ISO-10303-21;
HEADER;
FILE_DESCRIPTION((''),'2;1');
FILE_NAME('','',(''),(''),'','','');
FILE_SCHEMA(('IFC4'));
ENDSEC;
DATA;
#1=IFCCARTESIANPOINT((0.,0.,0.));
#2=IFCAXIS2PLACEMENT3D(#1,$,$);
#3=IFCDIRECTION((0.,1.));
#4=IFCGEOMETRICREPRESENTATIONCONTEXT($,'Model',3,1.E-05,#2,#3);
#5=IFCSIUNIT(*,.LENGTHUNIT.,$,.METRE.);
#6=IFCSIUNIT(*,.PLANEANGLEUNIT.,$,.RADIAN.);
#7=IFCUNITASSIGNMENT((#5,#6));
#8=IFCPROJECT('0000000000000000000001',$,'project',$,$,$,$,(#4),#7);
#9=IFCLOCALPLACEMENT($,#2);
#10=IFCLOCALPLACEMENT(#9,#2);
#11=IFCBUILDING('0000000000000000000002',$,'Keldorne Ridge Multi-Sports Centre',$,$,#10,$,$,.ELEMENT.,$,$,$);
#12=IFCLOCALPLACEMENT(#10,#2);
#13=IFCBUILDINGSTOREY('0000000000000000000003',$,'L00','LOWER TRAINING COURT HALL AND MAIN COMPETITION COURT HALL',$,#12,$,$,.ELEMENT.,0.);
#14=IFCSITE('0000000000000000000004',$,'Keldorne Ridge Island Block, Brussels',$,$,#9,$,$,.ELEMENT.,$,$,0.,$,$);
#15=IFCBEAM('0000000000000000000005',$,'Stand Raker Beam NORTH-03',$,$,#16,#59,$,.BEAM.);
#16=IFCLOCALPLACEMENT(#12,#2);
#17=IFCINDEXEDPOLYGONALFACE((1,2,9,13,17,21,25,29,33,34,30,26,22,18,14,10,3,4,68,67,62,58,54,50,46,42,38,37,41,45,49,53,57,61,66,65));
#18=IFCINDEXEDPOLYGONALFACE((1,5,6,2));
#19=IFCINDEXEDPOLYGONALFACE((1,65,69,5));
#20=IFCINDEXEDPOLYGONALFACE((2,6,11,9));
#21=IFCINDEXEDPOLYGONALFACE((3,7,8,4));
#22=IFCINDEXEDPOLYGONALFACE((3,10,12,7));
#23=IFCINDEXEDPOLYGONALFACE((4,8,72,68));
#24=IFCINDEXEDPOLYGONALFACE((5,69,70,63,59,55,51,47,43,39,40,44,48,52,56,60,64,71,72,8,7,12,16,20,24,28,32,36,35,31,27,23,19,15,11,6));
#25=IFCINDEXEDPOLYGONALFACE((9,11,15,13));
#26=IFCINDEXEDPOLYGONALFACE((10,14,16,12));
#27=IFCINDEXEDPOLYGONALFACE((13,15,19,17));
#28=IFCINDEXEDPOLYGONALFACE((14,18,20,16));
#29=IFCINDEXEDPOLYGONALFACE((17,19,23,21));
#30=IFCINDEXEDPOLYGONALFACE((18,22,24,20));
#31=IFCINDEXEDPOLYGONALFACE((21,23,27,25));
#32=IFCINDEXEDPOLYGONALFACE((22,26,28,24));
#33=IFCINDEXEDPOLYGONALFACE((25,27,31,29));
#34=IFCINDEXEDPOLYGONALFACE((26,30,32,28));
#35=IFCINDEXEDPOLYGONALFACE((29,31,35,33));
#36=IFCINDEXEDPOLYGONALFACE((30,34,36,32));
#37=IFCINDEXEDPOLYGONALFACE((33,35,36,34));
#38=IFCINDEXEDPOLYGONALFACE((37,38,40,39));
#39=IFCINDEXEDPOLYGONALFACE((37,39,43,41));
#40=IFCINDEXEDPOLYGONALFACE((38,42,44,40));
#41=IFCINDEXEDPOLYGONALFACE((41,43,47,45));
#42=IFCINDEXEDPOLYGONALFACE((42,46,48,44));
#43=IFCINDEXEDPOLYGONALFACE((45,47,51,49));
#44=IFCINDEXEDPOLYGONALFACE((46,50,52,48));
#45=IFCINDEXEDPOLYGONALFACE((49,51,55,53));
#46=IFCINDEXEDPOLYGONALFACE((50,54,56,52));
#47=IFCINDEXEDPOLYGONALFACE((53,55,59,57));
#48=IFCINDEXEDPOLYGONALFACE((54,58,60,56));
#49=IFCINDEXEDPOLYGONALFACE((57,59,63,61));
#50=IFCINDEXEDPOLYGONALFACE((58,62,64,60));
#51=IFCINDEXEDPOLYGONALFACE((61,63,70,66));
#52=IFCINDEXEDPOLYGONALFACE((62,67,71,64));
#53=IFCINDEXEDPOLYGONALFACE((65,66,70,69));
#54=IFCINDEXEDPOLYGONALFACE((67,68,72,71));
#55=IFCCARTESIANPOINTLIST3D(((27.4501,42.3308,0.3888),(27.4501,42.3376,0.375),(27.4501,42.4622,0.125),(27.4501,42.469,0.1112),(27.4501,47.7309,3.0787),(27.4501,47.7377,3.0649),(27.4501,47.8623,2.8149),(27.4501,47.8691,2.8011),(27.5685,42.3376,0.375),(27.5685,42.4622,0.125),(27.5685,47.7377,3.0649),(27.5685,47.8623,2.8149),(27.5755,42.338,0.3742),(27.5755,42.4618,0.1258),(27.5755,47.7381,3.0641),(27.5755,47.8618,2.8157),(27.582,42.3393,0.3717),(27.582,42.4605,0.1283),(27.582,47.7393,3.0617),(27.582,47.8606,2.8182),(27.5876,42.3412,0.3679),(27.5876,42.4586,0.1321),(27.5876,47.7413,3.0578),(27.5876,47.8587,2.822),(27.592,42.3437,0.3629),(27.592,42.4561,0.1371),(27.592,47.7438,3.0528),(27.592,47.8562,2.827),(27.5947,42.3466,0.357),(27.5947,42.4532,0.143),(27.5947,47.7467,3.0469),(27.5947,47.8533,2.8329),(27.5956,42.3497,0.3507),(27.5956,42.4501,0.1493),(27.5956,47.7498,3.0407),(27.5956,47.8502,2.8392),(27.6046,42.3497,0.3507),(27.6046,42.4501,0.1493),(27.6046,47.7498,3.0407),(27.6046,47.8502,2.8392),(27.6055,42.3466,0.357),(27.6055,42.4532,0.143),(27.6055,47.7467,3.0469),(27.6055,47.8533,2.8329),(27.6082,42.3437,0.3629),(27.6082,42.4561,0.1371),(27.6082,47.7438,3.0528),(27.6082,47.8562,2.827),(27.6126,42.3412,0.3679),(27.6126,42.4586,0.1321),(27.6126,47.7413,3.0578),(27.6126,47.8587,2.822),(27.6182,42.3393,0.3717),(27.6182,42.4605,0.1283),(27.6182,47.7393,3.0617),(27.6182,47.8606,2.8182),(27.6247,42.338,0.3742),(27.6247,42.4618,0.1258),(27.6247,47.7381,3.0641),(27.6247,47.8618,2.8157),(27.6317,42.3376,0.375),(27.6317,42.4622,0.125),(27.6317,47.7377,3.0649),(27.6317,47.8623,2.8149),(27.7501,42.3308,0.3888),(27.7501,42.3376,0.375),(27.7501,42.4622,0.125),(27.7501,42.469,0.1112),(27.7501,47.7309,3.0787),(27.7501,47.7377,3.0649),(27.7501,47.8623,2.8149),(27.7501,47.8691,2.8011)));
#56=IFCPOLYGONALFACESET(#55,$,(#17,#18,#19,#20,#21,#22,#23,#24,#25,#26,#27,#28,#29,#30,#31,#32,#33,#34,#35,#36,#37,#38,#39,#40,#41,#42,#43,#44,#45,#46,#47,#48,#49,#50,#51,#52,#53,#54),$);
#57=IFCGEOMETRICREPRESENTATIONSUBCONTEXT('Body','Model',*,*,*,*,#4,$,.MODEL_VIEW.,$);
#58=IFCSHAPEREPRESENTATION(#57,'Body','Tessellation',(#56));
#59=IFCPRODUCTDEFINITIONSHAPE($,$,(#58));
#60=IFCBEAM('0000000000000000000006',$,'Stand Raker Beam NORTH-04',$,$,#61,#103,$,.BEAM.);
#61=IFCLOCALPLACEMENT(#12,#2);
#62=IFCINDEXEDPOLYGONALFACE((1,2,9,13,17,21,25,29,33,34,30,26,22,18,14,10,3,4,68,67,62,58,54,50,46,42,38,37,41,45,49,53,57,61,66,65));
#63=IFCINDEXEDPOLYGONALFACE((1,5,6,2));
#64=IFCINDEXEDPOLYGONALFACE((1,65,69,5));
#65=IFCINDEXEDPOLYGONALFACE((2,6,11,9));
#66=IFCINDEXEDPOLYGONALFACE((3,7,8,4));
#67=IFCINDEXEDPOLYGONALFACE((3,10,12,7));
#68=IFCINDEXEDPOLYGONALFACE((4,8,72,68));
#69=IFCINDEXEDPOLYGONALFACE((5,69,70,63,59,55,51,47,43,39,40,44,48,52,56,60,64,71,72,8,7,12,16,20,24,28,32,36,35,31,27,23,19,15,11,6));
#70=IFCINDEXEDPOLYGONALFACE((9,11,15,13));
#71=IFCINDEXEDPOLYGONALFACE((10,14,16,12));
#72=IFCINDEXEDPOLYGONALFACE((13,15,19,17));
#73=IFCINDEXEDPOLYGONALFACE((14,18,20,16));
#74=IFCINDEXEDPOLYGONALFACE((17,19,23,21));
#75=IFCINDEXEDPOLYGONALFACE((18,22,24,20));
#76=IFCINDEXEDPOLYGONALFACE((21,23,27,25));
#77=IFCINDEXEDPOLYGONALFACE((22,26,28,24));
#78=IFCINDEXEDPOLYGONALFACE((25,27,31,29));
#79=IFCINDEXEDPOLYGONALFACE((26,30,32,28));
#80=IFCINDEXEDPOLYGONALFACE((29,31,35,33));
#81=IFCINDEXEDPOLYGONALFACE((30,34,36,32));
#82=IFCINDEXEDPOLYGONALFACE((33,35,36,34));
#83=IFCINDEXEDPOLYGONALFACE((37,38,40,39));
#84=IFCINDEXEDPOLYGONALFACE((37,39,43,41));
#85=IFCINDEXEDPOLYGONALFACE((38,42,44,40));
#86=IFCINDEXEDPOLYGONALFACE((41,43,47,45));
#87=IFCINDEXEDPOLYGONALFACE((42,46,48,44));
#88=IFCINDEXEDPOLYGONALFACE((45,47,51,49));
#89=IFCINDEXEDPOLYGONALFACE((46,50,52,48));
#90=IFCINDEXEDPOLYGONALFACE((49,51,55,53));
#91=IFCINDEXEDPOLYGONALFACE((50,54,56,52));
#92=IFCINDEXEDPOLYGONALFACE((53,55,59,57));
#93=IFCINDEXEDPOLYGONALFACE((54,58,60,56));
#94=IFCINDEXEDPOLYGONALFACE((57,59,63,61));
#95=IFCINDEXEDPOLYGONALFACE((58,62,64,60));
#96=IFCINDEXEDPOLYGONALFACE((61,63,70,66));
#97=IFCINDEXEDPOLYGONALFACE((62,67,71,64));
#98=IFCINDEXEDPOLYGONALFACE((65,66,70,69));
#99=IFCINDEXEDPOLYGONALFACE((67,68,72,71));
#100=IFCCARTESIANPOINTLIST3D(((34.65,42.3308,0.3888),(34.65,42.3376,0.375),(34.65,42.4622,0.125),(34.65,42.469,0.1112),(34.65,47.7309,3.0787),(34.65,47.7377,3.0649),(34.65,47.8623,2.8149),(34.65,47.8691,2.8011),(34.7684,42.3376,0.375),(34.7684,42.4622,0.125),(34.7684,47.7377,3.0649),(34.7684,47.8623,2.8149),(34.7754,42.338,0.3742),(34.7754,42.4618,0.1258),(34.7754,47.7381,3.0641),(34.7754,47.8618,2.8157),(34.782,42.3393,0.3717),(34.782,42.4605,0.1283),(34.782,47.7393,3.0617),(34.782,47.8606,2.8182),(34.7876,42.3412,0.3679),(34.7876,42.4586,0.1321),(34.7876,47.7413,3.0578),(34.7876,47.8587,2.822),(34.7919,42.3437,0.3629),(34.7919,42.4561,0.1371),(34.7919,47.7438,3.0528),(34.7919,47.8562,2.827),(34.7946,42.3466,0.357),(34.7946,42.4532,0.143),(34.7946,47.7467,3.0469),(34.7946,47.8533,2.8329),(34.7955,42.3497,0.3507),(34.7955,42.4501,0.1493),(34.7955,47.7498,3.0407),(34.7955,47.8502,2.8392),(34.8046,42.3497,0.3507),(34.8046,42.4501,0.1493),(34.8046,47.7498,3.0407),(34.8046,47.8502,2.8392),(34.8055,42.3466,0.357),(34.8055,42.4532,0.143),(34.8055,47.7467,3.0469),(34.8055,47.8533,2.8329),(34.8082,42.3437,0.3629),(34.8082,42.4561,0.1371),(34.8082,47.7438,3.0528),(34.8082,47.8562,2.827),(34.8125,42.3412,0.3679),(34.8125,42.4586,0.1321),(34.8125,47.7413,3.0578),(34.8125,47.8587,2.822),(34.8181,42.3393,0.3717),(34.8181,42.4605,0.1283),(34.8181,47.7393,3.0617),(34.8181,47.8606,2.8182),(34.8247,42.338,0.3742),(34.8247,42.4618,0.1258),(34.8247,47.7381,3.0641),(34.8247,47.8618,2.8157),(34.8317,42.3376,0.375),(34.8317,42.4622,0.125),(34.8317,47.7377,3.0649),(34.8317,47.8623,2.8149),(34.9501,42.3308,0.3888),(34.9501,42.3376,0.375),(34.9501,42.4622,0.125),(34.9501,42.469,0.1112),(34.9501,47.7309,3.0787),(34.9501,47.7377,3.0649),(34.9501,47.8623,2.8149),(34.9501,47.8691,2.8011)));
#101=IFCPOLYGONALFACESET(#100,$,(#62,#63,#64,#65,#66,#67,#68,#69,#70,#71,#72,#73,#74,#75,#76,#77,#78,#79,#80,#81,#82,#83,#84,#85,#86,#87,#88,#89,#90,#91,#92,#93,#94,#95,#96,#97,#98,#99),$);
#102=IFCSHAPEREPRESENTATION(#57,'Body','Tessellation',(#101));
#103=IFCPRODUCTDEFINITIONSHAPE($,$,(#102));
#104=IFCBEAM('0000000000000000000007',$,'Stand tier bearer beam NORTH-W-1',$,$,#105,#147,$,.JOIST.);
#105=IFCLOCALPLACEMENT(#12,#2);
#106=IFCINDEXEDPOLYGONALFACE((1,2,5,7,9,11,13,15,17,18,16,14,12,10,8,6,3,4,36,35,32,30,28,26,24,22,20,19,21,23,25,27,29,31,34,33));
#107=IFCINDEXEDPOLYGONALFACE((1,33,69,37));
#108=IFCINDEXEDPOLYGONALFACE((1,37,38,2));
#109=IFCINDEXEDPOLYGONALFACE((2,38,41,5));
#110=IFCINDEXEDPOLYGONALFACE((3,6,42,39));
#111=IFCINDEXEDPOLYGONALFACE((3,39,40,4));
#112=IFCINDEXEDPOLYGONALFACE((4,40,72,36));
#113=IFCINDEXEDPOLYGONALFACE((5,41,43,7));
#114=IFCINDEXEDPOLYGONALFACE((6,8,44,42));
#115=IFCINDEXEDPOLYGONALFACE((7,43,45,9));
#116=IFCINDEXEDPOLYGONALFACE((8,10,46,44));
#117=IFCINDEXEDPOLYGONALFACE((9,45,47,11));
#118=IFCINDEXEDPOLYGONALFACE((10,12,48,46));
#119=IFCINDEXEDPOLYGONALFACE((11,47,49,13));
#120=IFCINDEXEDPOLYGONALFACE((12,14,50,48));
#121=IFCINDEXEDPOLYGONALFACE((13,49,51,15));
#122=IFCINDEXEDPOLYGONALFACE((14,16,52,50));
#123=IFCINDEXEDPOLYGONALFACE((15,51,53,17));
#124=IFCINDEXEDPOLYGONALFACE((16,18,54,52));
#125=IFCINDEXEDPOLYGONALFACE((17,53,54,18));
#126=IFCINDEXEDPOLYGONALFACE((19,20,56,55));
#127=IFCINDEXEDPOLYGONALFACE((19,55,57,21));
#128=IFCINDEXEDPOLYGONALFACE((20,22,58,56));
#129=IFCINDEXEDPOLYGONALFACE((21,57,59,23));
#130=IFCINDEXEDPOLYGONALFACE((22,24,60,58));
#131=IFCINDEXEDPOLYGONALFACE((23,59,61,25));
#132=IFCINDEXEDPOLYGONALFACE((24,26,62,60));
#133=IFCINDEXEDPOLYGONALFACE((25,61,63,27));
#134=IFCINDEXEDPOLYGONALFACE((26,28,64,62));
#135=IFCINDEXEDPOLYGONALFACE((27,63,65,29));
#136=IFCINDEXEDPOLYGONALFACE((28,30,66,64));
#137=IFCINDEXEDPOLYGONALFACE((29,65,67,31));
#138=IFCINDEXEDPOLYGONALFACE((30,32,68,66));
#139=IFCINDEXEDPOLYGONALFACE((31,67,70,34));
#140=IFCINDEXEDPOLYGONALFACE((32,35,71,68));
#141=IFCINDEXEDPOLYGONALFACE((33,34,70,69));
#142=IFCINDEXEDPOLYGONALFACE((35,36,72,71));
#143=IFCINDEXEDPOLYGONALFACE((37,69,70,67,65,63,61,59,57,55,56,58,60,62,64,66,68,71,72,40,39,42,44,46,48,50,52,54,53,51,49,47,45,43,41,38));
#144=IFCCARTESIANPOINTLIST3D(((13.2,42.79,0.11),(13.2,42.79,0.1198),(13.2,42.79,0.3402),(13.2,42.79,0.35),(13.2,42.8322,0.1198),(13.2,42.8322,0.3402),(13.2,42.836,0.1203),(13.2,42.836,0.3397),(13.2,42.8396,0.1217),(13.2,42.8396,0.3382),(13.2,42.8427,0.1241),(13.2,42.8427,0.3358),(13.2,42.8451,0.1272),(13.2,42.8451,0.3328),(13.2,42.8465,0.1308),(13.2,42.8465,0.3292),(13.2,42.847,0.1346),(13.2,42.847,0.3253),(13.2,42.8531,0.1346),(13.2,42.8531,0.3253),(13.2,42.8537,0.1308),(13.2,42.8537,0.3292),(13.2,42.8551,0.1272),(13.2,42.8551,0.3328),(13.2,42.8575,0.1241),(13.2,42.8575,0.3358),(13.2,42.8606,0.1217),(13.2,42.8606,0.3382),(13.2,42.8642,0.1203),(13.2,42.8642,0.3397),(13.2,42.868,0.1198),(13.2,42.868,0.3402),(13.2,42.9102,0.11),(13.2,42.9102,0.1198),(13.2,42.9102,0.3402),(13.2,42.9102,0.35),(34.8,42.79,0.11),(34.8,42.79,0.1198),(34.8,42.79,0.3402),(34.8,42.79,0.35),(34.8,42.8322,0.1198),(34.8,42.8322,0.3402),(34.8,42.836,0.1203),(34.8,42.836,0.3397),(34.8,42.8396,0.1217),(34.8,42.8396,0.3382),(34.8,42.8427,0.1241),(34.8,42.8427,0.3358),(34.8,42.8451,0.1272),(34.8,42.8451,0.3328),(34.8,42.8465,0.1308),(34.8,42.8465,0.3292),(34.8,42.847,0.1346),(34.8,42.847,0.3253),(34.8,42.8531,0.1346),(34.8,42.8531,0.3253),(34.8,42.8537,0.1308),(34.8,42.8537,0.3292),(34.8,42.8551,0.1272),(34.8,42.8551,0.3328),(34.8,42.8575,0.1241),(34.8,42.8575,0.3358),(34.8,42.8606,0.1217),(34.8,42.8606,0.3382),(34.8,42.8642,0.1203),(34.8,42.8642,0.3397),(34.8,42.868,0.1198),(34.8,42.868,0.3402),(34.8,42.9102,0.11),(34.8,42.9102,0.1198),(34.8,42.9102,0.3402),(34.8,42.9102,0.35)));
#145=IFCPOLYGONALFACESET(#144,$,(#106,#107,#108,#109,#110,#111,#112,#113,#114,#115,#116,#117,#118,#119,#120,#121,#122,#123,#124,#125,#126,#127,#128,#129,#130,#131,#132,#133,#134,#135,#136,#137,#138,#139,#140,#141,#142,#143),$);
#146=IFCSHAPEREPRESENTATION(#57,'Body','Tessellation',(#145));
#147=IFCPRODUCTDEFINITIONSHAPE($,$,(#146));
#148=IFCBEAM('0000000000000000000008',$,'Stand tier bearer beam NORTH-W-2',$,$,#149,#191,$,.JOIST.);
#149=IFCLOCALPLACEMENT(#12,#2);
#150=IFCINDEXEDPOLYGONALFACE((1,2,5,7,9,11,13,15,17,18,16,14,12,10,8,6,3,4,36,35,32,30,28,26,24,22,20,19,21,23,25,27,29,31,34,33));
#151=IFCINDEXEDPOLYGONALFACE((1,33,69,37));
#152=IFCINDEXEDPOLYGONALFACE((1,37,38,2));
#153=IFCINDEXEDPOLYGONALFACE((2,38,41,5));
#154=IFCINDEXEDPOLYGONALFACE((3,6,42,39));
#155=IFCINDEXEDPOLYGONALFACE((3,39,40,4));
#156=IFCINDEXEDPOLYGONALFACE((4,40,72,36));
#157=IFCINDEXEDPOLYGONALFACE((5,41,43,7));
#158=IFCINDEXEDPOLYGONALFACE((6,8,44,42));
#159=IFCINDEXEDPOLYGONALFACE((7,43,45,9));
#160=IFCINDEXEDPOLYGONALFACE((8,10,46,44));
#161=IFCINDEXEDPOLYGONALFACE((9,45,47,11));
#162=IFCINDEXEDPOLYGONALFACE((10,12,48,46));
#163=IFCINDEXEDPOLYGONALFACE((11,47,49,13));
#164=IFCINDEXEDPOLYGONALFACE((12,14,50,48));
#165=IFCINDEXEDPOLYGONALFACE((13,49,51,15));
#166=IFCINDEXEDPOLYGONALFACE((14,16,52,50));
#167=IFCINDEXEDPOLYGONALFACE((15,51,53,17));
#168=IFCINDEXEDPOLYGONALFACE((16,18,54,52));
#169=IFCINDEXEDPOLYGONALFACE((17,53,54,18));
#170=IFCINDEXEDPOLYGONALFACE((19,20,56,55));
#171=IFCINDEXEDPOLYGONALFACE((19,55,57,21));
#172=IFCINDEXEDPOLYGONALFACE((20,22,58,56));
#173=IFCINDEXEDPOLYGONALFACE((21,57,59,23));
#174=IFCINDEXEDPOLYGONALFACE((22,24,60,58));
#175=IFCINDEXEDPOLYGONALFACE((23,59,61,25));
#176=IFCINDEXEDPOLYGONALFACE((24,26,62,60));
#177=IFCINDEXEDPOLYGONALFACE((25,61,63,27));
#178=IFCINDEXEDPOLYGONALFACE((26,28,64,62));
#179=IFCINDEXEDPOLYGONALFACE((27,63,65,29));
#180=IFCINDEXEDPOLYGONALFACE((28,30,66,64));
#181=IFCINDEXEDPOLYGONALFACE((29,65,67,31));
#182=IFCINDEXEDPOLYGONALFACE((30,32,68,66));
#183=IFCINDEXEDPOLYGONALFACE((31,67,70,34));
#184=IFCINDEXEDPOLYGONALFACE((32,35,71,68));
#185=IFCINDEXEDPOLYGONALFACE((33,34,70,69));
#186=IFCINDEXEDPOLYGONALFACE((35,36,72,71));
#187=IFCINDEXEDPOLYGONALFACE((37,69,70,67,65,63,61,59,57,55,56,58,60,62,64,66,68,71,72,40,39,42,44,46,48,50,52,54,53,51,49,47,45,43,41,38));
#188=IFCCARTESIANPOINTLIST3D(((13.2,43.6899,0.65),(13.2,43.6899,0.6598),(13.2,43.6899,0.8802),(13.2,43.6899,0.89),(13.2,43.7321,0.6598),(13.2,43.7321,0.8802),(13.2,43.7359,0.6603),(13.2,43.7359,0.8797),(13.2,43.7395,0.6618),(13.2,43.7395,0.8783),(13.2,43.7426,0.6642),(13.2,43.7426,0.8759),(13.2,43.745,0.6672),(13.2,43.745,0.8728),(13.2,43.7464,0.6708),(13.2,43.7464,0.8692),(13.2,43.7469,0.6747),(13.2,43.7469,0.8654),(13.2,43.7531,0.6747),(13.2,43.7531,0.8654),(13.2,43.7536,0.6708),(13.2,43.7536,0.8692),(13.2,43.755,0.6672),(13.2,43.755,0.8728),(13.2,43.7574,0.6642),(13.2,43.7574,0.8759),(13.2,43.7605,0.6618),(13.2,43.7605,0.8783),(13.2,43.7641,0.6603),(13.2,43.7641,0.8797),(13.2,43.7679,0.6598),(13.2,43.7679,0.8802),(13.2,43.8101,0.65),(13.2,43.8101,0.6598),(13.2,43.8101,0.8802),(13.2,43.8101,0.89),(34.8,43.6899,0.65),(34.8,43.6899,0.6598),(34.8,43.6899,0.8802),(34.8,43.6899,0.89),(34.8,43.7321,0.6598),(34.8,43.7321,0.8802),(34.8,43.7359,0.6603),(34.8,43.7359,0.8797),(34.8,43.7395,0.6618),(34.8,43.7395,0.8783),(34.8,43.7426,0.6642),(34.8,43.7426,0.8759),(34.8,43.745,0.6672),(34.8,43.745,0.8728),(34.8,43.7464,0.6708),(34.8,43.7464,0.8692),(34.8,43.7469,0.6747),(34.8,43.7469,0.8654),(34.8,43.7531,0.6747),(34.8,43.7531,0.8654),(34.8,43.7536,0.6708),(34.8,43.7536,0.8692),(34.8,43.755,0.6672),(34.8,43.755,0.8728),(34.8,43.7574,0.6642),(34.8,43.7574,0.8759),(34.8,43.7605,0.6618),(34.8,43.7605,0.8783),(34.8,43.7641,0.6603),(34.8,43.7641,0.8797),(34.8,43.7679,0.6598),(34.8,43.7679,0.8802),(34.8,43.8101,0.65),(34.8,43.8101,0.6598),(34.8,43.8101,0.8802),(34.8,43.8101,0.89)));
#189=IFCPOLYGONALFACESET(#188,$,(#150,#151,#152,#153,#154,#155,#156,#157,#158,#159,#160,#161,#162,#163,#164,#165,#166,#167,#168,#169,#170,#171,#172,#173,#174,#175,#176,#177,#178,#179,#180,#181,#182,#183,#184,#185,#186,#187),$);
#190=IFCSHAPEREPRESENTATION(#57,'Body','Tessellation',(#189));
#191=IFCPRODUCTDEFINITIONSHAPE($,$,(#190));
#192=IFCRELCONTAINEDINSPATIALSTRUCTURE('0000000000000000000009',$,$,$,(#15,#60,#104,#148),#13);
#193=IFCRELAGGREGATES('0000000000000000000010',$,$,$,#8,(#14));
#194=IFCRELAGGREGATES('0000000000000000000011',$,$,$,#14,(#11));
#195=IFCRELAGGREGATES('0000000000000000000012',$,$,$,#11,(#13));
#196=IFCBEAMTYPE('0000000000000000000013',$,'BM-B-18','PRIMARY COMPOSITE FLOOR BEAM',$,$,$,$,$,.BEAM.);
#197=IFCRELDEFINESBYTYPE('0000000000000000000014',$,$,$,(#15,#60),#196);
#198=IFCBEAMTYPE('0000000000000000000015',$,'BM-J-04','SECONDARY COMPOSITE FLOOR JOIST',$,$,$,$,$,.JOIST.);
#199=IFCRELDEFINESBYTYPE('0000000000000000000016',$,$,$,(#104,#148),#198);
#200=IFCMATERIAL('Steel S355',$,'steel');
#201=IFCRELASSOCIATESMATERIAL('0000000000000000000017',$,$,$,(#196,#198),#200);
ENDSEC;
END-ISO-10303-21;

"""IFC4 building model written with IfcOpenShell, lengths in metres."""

from ifc_helpers import new_model, si_unit, direction, frame, origin, origin_2d, place, context, subcontext, project, spatial, i_section, extrude, material, material_profile, profile_set, type_object, element, save


model = new_model("IFC4")

# Units and contexts
model_context = context("Model", 3, precision=1e-05, world=origin(), true_north=direction((0.0, 1.0)))
body_context = subcontext(model_context, "Body", "Model", "MODEL_VIEW")
ifc_project = project(units=[si_unit("LENGTHUNIT", "METRE"), si_unit("PLANEANGLEUNIT", "RADIAN")], contexts=[model_context])

# Site, building, storey
site_placement = place(None, origin())
site = spatial("IfcSite", under=ifc_project, at=site_placement, Name="Keldorne Ridge Island Block, Brussels", CompositionType="ELEMENT", RefElevation=0.0)
building_placement = place(site_placement, origin())
building = spatial("IfcBuilding", under=site, at=building_placement, Name="Keldorne Ridge Multi-Sports Centre", CompositionType="ELEMENT")
storey_placement = place(building_placement, origin())
storey = spatial("IfcBuildingStorey", under=building, at=storey_placement, Name="L00", Description="LOWER TRAINING COURT HALL AND MAIN COMPETITION COURT HALL", CompositionType="ELEMENT", Elevation=0.0)

# Shared definitions
ifc_material_1 = material(Name="Steel S355", Category="steel")

# Beams
ifc_material_profile_1 = material_profile(ifc_material_1, i_section(OverallWidth=0.3, OverallDepth=0.3101, WebThickness=0.009, FlangeThickness=0.0154, FilletRadius=0.0271, at=origin_2d()), Name="HEA 320")
ifc_profile_set_1 = profile_set([ifc_material_profile_1], Name="Steel S355")
beam_type_1 = type_object("IfcBeamType", Name="BM-B-18", Description="PRIMARY COMPOSITE FLOOR BEAM", PredefinedType="BEAM", material=ifc_profile_set_1)
for number, where, z_axis, x_axis, name in (
    (1, (27.6001, 42.3999, 0.25), (0.0, 0.895098, 0.44587), (-1.0, 0.0, 0.0), "Stand Raker Beam NORTH-03"),
    (2, (34.8, 42.3999, 0.25), (0.0, 0.895098, 0.44587), (-1.0, 0.0, 0.0), "Stand Raker Beam NORTH-04"),
):
    element("IfcBeam", number, at=place(storey_placement, frame(where, z_axis=z_axis, x_axis=x_axis)), inside=storey, type_object=beam_type_1, Name=name, PredefinedType="BEAM", context=body_context, shape_type="SweptSolid", body=[
        extrude(i_section(OverallWidth=0.3, OverallDepth=0.3101, WebThickness=0.009, FlangeThickness=0.0154, FilletRadius=0.0271, at=origin_2d()), origin(), (0.0, 0.0, 1.0), 6.033),
    ])
ifc_material_profile_2 = material_profile(ifc_material_1, i_section(OverallWidth=0.1201, OverallDepth=0.24, WebThickness=0.0061, FlangeThickness=0.0098, FilletRadius=0.0149, at=origin_2d()), Name="IPE 240")
ifc_profile_set_2 = profile_set([ifc_material_profile_2], Name="Steel S355")
beam_type_2 = type_object("IfcBeamType", Name="BM-J-04", Description="SECONDARY COMPOSITE FLOOR JOIST", PredefinedType="JOIST", material=ifc_profile_set_2)
for number, where, z_axis, x_axis, name in (
    (3, (13.2, 42.8501, 0.23), (1.0, 0.0, 0.0), (0.0, 1.0, 0.0), "Stand tier bearer beam NORTH-W-1"),
    (4, (13.2, 43.75, 0.77), (1.0, 0.0, 0.0), (0.0, 1.0, 0.0), "Stand tier bearer beam NORTH-W-2"),
):
    element("IfcBeam", number, at=place(storey_placement, frame(where, z_axis=z_axis, x_axis=x_axis)), inside=storey, type_object=beam_type_2, Name=name, PredefinedType="JOIST", context=body_context, shape_type="SweptSolid", body=[
        extrude(i_section(OverallWidth=0.1201, OverallDepth=0.24, WebThickness=0.0061, FlangeThickness=0.0098, FilletRadius=0.0149, at=origin_2d()), origin(), (0.0, 0.0, 1.0), 21.6001),
    ])

save(model, "model.ifc")
